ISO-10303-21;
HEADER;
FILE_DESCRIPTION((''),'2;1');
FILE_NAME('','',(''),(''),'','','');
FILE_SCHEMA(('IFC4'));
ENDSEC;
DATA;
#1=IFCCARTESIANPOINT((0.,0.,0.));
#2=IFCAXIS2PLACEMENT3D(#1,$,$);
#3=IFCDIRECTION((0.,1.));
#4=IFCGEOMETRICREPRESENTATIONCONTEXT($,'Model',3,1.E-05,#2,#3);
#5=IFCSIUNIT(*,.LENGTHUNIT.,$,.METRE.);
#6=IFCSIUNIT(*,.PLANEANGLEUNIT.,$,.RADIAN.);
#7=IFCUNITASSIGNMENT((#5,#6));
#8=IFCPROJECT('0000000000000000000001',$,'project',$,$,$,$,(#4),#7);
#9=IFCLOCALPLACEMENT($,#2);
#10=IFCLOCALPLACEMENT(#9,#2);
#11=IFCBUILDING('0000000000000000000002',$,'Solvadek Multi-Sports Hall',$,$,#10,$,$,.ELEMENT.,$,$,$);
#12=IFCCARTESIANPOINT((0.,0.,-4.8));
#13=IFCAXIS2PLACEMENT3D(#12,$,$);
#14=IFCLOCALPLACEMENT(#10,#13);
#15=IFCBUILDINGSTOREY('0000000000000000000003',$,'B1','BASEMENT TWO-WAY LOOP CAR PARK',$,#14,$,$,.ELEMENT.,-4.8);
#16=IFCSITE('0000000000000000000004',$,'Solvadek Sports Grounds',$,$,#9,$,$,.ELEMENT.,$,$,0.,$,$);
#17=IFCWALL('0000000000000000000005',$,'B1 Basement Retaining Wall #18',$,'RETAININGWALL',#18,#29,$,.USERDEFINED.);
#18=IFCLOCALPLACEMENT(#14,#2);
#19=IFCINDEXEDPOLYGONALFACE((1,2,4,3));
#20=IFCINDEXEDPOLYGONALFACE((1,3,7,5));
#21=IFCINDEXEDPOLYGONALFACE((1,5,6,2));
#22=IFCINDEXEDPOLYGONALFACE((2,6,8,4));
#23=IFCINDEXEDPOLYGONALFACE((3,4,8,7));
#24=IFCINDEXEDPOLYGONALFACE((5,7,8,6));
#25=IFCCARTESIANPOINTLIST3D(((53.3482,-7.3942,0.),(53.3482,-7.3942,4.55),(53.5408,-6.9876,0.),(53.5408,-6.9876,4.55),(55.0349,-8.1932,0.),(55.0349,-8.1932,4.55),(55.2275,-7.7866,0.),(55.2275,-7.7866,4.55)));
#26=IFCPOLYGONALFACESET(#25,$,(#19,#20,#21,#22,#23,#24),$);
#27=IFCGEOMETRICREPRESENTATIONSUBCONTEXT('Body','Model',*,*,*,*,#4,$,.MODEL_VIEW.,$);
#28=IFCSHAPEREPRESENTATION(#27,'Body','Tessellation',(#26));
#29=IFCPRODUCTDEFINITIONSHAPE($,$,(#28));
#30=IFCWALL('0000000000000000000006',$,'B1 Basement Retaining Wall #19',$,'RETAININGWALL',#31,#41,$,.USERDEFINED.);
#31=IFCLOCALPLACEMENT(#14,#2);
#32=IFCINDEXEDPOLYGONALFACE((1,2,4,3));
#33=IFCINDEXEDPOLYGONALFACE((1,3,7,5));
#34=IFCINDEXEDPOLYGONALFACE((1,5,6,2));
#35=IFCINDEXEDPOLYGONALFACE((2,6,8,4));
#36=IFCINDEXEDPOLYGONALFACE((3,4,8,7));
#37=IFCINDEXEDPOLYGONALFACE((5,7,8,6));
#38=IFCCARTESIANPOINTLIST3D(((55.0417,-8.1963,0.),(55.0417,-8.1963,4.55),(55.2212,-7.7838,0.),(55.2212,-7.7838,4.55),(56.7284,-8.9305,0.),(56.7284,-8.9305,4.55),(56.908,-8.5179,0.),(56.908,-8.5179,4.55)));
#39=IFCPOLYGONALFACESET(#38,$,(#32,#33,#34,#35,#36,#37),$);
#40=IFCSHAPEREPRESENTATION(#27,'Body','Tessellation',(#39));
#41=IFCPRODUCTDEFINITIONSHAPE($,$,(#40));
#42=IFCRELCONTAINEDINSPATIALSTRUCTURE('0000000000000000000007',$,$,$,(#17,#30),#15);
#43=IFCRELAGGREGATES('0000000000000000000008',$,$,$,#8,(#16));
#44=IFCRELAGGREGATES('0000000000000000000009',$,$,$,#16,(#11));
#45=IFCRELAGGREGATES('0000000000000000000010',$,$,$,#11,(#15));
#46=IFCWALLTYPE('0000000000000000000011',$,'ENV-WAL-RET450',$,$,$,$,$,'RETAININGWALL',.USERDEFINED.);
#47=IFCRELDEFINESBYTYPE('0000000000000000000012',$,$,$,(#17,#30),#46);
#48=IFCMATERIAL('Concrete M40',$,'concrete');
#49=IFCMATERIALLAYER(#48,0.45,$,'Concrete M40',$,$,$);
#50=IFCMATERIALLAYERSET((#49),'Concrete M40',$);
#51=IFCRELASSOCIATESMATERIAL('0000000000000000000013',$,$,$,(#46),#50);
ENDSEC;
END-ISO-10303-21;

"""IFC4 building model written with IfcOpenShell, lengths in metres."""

from ifc_helpers import new_model, si_unit, direction, frame, frame_2d, origin, place, context, subcontext, project, spatial, rectangle, extrude, material, layer, layer_set, type_object, element, save


model = new_model("IFC4")

# Units and contexts
model_context = context("Model", 3, precision=1e-05, world=origin(), true_north=direction((0.0, 1.0)))
body_context = subcontext(model_context, "Body", "Model", "MODEL_VIEW")
ifc_project = project(units=[si_unit("LENGTHUNIT", "METRE"), si_unit("PLANEANGLEUNIT", "RADIAN")], contexts=[model_context])

# Site, building, storey
site_placement = place(None, origin())
site = spatial("IfcSite", under=ifc_project, at=site_placement, Name="Solvadek Sports Grounds", CompositionType="ELEMENT", RefElevation=0.0)
building_placement = place(site_placement, origin())
building = spatial("IfcBuilding", under=site, at=building_placement, Name="Solvadek Multi-Sports Hall", CompositionType="ELEMENT")
storey_placement = place(building_placement, frame((0.0, 0.0, -4.8)))
storey = spatial("IfcBuildingStorey", under=building, at=storey_placement, Name="B1", Description="BASEMENT TWO-WAY LOOP CAR PARK", CompositionType="ELEMENT", Elevation=-4.8)

# Shared definitions
ifc_material_1 = material(Name="Concrete M40", Category="concrete")

# Walls
ifc_layer_1 = layer(ifc_material_1, 0.45, Name="Concrete M40")
ifc_layer_set_1 = layer_set([ifc_layer_1], Name="Concrete M40")
wall_type = type_object("IfcWallType", Name="ENV-WAL-RET450", ElementType="RETAININGWALL", PredefinedType="USERDEFINED", material=ifc_layer_set_1)
wall_1_placement = place(storey_placement, frame((53.4446, -7.1909, 0.0), z_axis=(0.0, 0.0, 1.0), x_axis=(0.903722, -0.42812, 0.0)))
element("IfcWall", 1, at=wall_1_placement, inside=storey, type_object=wall_type, Name="B1 Basement Retaining Wall #18", ObjectType="RETAININGWALL", PredefinedType="USERDEFINED", context=body_context, shape_type="SweptSolid", body=[
    extrude(rectangle(XDim=1.8665, YDim=0.45, at=frame_2d((0.9331, 0.0))), origin(), (0.0, 0.0, 1.0), 4.55),
])
wall_2_placement = place(storey_placement, frame((55.1313, -7.99, 0.0), z_axis=(0.0, 0.0, 1.0), x_axis=(0.91692, -0.399071, 0.0)))
element("IfcWall", 2, at=wall_2_placement, inside=storey, type_object=wall_type, Name="B1 Basement Retaining Wall #19", ObjectType="RETAININGWALL", PredefinedType="USERDEFINED", context=body_context, shape_type="SweptSolid", body=[
    extrude(rectangle(XDim=1.8396, YDim=0.45, at=frame_2d((0.9199, 0.0))), origin(), (0.0, 0.0, 1.0), 4.55),
])

save(model, "model.ifc")
